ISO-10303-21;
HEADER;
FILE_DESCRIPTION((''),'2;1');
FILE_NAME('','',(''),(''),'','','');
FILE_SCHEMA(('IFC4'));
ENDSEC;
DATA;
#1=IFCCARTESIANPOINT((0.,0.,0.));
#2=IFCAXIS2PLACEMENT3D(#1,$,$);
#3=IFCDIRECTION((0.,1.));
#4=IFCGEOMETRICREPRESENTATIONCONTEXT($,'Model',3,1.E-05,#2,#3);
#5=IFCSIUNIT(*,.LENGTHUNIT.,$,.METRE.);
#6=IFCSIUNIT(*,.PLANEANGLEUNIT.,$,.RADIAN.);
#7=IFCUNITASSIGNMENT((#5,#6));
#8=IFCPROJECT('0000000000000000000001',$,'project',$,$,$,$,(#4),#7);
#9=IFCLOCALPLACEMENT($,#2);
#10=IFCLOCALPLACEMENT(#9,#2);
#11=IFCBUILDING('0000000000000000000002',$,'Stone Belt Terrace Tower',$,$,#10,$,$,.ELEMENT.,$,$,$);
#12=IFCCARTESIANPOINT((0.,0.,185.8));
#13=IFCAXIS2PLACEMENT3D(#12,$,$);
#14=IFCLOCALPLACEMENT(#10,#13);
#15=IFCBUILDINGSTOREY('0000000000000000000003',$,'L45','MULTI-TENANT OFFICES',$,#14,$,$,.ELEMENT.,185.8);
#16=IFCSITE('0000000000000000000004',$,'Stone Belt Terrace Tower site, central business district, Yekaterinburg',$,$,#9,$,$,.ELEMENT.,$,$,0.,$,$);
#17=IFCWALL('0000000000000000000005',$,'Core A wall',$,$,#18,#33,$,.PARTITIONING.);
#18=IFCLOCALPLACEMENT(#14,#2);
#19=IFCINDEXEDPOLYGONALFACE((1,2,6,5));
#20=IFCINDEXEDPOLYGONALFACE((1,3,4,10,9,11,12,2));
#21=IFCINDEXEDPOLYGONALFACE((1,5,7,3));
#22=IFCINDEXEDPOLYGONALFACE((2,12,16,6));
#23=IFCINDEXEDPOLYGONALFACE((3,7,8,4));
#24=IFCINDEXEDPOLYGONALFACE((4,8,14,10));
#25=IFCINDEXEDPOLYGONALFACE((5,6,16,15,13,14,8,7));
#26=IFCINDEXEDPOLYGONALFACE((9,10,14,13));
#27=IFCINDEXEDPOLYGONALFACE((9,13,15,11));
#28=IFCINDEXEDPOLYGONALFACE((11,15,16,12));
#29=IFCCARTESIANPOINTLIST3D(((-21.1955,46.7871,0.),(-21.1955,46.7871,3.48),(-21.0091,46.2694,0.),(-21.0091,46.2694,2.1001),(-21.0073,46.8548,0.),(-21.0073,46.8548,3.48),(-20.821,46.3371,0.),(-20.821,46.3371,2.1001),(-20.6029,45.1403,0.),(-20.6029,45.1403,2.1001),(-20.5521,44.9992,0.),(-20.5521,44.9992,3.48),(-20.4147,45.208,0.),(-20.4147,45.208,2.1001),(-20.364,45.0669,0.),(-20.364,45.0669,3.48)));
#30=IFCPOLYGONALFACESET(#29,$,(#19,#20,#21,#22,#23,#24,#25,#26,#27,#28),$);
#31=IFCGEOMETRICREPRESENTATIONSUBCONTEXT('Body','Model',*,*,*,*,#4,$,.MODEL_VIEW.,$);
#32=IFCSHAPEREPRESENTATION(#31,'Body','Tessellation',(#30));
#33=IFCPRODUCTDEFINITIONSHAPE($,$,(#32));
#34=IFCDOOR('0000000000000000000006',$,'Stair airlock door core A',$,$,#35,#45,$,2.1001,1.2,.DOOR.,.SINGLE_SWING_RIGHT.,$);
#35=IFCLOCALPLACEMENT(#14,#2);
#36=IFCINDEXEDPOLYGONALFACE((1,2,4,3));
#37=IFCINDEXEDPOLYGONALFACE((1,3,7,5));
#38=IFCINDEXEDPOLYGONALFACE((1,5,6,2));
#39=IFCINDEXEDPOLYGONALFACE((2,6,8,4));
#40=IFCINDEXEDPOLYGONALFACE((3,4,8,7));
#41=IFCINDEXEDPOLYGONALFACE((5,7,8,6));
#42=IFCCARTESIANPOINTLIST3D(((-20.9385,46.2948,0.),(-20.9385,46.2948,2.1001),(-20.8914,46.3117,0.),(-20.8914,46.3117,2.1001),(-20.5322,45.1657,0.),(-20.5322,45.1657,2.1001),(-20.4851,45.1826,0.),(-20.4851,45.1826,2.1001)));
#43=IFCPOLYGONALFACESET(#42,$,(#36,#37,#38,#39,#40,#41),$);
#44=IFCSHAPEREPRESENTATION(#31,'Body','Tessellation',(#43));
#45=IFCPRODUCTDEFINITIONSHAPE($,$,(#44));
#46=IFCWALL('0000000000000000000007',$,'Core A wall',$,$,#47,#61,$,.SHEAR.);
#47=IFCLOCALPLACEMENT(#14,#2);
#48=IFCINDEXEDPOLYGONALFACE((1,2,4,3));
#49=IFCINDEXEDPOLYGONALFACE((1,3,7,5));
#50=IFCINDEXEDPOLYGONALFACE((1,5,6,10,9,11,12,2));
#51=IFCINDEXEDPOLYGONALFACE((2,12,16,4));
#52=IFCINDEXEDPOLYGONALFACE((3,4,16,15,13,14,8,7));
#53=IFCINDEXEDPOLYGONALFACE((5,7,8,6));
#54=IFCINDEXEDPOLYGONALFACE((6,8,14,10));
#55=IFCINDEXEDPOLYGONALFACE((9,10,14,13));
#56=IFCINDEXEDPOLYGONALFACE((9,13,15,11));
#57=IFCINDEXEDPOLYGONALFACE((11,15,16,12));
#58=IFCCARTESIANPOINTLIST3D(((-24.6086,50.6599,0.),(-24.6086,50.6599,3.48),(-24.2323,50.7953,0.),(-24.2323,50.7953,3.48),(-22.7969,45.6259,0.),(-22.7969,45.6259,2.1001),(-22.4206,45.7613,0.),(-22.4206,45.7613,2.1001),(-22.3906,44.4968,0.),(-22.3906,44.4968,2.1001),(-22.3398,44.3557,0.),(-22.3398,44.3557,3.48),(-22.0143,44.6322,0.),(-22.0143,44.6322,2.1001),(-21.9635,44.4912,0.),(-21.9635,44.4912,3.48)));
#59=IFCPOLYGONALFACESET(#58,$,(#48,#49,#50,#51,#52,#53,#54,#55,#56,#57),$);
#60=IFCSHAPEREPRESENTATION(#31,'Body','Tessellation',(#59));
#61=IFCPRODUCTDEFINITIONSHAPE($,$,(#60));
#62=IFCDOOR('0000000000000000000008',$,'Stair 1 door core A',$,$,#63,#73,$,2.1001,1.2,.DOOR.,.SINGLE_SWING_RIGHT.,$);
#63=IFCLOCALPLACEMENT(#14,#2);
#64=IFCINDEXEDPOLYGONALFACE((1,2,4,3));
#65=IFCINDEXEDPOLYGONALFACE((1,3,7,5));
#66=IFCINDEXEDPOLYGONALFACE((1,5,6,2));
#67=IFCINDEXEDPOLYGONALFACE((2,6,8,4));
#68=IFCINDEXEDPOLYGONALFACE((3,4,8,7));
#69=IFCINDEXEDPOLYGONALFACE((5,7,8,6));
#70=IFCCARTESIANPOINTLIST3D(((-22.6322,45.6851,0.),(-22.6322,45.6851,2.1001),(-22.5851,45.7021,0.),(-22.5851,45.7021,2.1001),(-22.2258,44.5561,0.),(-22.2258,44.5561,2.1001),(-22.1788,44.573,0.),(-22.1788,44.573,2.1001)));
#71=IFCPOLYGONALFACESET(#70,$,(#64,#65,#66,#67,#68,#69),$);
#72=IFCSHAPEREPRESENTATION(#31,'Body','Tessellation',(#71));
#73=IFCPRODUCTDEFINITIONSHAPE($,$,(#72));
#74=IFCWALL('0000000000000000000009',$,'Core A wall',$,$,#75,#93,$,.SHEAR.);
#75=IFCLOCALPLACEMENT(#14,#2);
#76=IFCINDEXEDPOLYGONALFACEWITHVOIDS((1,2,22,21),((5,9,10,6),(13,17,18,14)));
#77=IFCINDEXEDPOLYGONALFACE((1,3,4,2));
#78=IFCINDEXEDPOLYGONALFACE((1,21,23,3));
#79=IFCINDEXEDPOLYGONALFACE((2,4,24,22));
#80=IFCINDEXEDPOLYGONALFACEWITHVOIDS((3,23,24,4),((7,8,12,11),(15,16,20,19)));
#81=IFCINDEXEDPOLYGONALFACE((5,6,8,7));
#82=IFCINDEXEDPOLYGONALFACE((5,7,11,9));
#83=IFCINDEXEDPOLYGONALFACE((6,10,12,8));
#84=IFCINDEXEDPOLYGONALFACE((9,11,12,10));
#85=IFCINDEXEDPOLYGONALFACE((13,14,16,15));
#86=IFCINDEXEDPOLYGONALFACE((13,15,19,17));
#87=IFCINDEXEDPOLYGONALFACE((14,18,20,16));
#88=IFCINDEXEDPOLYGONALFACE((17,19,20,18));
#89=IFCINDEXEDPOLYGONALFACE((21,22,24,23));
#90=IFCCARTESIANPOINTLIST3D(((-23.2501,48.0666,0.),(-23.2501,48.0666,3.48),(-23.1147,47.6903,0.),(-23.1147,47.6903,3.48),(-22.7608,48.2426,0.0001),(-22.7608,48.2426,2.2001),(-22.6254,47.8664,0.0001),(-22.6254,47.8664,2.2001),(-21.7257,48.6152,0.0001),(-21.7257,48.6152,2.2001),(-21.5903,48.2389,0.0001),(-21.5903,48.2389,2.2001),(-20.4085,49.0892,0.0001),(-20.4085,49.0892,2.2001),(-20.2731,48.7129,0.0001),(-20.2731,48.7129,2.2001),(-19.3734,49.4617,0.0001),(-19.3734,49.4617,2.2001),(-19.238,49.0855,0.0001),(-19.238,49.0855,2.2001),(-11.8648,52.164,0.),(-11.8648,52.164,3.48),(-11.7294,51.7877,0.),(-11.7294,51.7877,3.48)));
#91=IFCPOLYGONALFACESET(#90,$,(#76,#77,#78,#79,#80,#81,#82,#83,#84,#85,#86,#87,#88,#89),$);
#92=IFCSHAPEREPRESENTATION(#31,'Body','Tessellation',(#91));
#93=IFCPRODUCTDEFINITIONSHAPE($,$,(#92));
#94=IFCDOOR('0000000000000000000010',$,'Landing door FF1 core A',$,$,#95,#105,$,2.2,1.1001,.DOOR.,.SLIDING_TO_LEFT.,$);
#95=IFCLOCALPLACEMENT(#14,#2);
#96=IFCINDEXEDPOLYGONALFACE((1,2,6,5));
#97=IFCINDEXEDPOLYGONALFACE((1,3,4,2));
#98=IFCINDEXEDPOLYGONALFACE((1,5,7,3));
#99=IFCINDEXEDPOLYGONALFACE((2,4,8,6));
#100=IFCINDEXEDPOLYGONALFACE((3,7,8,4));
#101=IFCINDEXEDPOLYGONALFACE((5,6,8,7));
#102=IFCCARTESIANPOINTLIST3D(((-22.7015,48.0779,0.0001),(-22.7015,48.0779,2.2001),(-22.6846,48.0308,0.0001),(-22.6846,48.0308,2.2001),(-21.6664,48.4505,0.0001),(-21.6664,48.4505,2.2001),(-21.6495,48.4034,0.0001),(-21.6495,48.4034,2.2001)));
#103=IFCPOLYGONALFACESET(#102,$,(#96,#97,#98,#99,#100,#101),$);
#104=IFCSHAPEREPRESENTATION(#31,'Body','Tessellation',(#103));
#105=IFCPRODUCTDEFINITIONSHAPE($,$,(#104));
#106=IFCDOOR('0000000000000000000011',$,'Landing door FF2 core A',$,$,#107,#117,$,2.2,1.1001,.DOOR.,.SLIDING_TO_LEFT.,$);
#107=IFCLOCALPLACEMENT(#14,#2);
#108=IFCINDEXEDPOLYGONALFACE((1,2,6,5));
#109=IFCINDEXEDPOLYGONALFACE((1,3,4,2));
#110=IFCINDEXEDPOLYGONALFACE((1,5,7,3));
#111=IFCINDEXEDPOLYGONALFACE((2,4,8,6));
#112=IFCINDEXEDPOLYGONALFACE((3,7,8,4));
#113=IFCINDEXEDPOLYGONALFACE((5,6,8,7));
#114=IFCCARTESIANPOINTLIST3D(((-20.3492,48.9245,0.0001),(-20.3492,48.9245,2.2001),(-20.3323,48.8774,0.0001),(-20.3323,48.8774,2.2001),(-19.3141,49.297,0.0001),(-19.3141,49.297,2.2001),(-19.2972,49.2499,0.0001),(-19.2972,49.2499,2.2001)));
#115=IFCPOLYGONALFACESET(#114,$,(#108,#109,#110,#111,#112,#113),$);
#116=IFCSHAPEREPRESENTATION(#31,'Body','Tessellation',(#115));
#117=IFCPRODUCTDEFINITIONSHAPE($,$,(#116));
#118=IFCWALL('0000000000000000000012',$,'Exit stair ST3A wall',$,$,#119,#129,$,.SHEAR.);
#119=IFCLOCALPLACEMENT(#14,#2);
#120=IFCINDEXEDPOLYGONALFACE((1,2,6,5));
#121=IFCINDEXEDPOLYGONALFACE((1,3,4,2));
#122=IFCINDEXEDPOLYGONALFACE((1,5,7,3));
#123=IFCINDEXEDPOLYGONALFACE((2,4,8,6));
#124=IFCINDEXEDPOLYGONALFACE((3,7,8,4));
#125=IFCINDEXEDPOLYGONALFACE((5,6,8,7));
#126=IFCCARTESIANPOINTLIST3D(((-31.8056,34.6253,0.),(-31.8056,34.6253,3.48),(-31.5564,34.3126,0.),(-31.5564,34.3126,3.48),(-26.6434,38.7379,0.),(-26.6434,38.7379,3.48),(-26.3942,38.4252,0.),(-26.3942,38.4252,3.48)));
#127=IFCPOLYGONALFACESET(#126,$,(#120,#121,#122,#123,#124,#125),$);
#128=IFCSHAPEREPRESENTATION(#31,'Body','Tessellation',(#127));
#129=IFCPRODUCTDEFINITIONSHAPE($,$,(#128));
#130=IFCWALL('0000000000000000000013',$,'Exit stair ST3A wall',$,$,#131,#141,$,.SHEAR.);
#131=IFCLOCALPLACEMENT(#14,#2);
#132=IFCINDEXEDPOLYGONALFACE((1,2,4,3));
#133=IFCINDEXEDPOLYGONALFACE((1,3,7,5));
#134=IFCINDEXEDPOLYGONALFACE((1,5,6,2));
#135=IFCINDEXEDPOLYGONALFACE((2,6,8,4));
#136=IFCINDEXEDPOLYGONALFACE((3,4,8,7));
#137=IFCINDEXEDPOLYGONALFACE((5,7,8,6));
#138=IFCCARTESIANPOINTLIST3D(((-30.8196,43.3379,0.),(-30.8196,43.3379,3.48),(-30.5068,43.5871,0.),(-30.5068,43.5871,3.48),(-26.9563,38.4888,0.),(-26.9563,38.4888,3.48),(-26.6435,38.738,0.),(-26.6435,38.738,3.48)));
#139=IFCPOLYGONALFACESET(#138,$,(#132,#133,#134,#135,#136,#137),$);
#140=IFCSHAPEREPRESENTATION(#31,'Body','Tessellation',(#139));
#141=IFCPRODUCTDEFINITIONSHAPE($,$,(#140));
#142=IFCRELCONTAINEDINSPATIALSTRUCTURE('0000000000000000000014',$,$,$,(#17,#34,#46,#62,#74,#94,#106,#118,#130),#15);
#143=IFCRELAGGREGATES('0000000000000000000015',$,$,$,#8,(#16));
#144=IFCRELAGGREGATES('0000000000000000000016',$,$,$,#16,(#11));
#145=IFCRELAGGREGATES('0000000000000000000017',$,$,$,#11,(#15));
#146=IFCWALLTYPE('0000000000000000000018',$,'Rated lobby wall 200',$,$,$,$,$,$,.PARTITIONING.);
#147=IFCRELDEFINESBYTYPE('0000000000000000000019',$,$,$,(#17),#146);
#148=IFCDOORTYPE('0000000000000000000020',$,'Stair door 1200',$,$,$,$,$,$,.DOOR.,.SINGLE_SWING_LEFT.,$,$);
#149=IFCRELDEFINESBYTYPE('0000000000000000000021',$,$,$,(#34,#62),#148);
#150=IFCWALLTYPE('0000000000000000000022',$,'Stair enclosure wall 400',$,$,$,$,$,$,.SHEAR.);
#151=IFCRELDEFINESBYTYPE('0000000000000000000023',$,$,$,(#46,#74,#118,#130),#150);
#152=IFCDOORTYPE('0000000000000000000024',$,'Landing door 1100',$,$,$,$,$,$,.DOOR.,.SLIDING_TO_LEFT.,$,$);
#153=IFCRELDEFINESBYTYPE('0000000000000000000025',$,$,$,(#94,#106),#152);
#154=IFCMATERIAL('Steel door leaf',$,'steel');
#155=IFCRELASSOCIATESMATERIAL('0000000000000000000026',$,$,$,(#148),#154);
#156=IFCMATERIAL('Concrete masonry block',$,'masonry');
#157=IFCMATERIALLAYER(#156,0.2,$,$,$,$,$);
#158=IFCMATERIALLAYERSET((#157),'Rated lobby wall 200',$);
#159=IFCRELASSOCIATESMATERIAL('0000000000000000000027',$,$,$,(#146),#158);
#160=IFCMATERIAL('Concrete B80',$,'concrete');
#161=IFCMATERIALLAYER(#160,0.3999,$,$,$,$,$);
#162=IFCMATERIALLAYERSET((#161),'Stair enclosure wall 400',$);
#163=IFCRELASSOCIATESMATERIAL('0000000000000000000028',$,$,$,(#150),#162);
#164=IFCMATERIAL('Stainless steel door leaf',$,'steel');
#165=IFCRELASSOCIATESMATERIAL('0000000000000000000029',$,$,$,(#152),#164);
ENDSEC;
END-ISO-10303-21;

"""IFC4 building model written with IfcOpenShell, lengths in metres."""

from ifc_helpers import new_model, si_unit, direction, frame, frame_2d, origin, place, context, subcontext, project, spatial, rectangle, extrude, material, layer, layer_set, type_object, element, fill, save


model = new_model("IFC4")

# Units and contexts
model_context = context("Model", 3, precision=1e-05, world=origin(), true_north=direction((0.0, 1.0)))
body_context = subcontext(model_context, "Body", "Model", "MODEL_VIEW")
ifc_project = project(units=[si_unit("LENGTHUNIT", "METRE"), si_unit("PLANEANGLEUNIT", "RADIAN")], contexts=[model_context])

# Site, building, storey
site_placement = place(None, origin())
site = spatial("IfcSite", under=ifc_project, at=site_placement, Name="Stone Belt Terrace Tower site, central business district, Yekaterinburg", CompositionType="ELEMENT", RefElevation=0.0)
building_placement = place(site_placement, origin())
building = spatial("IfcBuilding", under=site, at=building_placement, Name="Stone Belt Terrace Tower", CompositionType="ELEMENT")
storey_placement = place(building_placement, frame((0.0, 0.0, 185.8)))
storey = spatial("IfcBuildingStorey", under=building, at=storey_placement, Name="L45", Description="MULTI-TENANT OFFICES", CompositionType="ELEMENT", Elevation=185.8)

# Shared definitions
ifc_material_1 = material(Name="Concrete B80", Category="concrete")

# Shared definitions
ifc_material_2 = material(Name="Steel door leaf", Category="steel")
door_type_1 = type_object("IfcDoorType", Name="Stair door 1200", OperationType="SINGLE_SWING_LEFT", PredefinedType="DOOR", material=ifc_material_2)

# Shared definitions
ifc_material_3 = material(Name="Concrete masonry block", Category="masonry")
ifc_layer_1 = layer(ifc_material_3, 0.2)
ifc_layer_set_1 = layer_set([ifc_layer_1], Name="Rated lobby wall 200")
wall_type_1 = type_object("IfcWallType", Name="Rated lobby wall 200", PredefinedType="PARTITIONING", material=ifc_layer_set_1)

# Walls, openings, doors
wall_1_placement = place(storey_placement, frame((-20.458, 45.033, 0.0), z_axis=(0.0, 0.0, 1.0), x_axis=(-0.338574, 0.94094, 0.0)))
wall_1 = element("IfcWall", 1, at=wall_1_placement, inside=storey, type_object=wall_type_1, Name="Core A wall", PredefinedType="PARTITIONING", context=body_context, shape_type="SweptSolid", body=[
    extrude(rectangle(XDim=1.9001, YDim=0.2, at=frame_2d((0.9502, 0.0))), origin(), (0.0, 0.0, 1.0), 3.48),
])
opening_1_placement = place(wall_1_placement, frame((0.1499, 0.0, 0.0)))
opening_1 = element("IfcOpeningElement", 2, at=opening_1_placement, cuts=wall_1, PredefinedType="OPENING", context=body_context, shape_type="SweptSolid", body=[
    extrude(rectangle(XDim=1.2, YDim=2.1001, at=frame_2d((0.6001, 1.05))), frame((0.0, 0.1099, 0.0), z_axis=(0.0, -1.0, 0.0), x_axis=(1.0, 0.0, 0.0)), (0.0, 0.0, 1.0), 0.22),
])
door_1_placement = place(opening_1_placement, origin())
door_1 = element("IfcDoor", 3, at=door_1_placement, inside=storey, type_object=door_type_1, Name="Stair airlock door core A", OperationType="SINGLE_SWING_RIGHT", OverallHeight=2.1001, OverallWidth=1.2, PredefinedType="DOOR", context=body_context, shape_type="SweptSolid", body=[
    extrude(rectangle(XDim=1.2, YDim=2.1001, at=frame_2d((0.6001, 1.05))), frame((0.0, 0.0249, 0.0), z_axis=(0.0, -1.0, 0.0), x_axis=(1.0, 0.0, 0.0)), (0.0, 0.0, 1.0), 0.05),
])
fill(opening_1, door_1)
ifc_layer_2 = layer(ifc_material_1, 0.3999)
ifc_layer_set_2 = layer_set([ifc_layer_2], Name="Stair enclosure wall 400")
wall_type_2 = type_object("IfcWallType", Name="Stair enclosure wall 400", PredefinedType="SHEAR", material=ifc_layer_set_2)
wall_2_placement = place(storey_placement, frame((-22.1516, 44.4233, 0.0), z_axis=(0.0, 0.0, 1.0), x_axis=(-0.338625, 0.940921, 0.0)))
wall_2 = element("IfcWall", 4, at=wall_2_placement, inside=storey, type_object=wall_type_2, Name="Core A wall", PredefinedType="SHEAR", context=body_context, shape_type="SweptSolid", body=[
    extrude(rectangle(XDim=6.7, YDim=0.3999, at=frame_2d((3.3501, 0.0))), origin(), (0.0, 0.0, 1.0), 3.48),
])
opening_2_placement = place(wall_2_placement, frame((0.1499, 0.0, 0.0)))
opening_2 = element("IfcOpeningElement", 5, at=opening_2_placement, cuts=wall_2, PredefinedType="OPENING", context=body_context, shape_type="SweptSolid", body=[
    extrude(rectangle(XDim=1.2, YDim=2.1001, at=frame_2d((0.6001, 1.05))), frame((0.0, 0.21, 0.0), z_axis=(0.0, -1.0, 0.0), x_axis=(1.0, 0.0, 0.0)), (0.0, 0.0, 1.0), 0.4199),
])
door_2_placement = place(opening_2_placement, origin())
door_2 = element("IfcDoor", 6, at=door_2_placement, inside=storey, type_object=door_type_1, Name="Stair 1 door core A", OperationType="SINGLE_SWING_RIGHT", OverallHeight=2.1001, OverallWidth=1.2, PredefinedType="DOOR", context=body_context, shape_type="SweptSolid", body=[
    extrude(rectangle(XDim=1.2, YDim=2.1001, at=frame_2d((0.6001, 1.05))), frame((0.0, 0.0249, 0.0), z_axis=(0.0, -1.0, 0.0), x_axis=(1.0, 0.0, 0.0)), (0.0, 0.0, 1.0), 0.05),
])
fill(opening_2, door_2)

# Wall, openings, doors
wall_3_placement = place(storey_placement, frame((-23.1824, 47.8784, 0.0), z_axis=(0.0, 0.0, 1.0), x_axis=(0.940921, 0.338626, 0.0)))
wall_3 = element("IfcWall", 7, at=wall_3_placement, inside=storey, type_object=wall_type_2, Name="Core A wall", PredefinedType="SHEAR", context=body_context, shape_type="SweptSolid", body=[
    extrude(rectangle(XDim=12.1001, YDim=0.3999, at=frame_2d((6.05, 0.0))), origin(), (0.0, 0.0, 1.0), 3.48),
])
opening_3_placement = place(wall_3_placement, frame((0.52, 0.0, 0.0)))
opening_3 = element("IfcOpeningElement", 8, at=opening_3_placement, cuts=wall_3, PredefinedType="OPENING", context=body_context, shape_type="SweptSolid", body=[
    extrude(rectangle(XDim=1.1001, YDim=2.2, at=frame_2d((0.55, 1.1001))), frame((0.0, 0.21, 0.0), z_axis=(0.0, -1.0, 0.0), x_axis=(1.0, 0.0, 0.0)), (0.0, 0.0, 1.0), 0.4199),
])
opening_4_placement = place(wall_3_placement, frame((3.02, 0.0, 0.0)))
opening_4 = element("IfcOpeningElement", 9, at=opening_4_placement, cuts=wall_3, PredefinedType="OPENING", context=body_context, shape_type="SweptSolid", body=[
    extrude(rectangle(XDim=1.1001, YDim=2.2, at=frame_2d((0.55, 1.1001))), frame((0.0, 0.21, 0.0), z_axis=(0.0, -1.0, 0.0), x_axis=(1.0, 0.0, 0.0)), (0.0, 0.0, 1.0), 0.4199),
])
ifc_material_4 = material(Name="Stainless steel door leaf", Category="steel")
door_type_2 = type_object("IfcDoorType", Name="Landing door 1100", OperationType="SLIDING_TO_LEFT", PredefinedType="DOOR", material=ifc_material_4)
door_3_placement = place(opening_3_placement, origin())
door_3 = element("IfcDoor", 10, at=door_3_placement, inside=storey, type_object=door_type_2, Name="Landing door FF1 core A", OperationType="SLIDING_TO_LEFT", OverallHeight=2.2, OverallWidth=1.1001, PredefinedType="DOOR", context=body_context, shape_type="SweptSolid", body=[
    extrude(rectangle(XDim=1.1001, YDim=2.2, at=frame_2d((0.55, 1.1001))), frame((0.0, 0.0249, 0.0), z_axis=(0.0, -1.0, 0.0), x_axis=(1.0, 0.0, 0.0)), (0.0, 0.0, 1.0), 0.05),
])
fill(opening_3, door_3)
door_4_placement = place(opening_4_placement, origin())
door_4 = element("IfcDoor", 11, at=door_4_placement, inside=storey, type_object=door_type_2, Name="Landing door FF2 core A", OperationType="SLIDING_TO_LEFT", OverallHeight=2.2, OverallWidth=1.1001, PredefinedType="DOOR", context=body_context, shape_type="SweptSolid", body=[
    extrude(rectangle(XDim=1.1001, YDim=2.2, at=frame_2d((0.55, 1.1001))), frame((0.0, 0.0249, 0.0), z_axis=(0.0, -1.0, 0.0), x_axis=(1.0, 0.0, 0.0)), (0.0, 0.0, 1.0), 0.05),
])
fill(opening_4, door_4)

# Walls
wall_4_placement = place(storey_placement, frame((-26.5188, 38.5815, 0.0), z_axis=(0.0, 0.0, 1.0), x_axis=(-0.782134, -0.62311, 0.0)))
element("IfcWall", 12, at=wall_4_placement, inside=storey, type_object=wall_type_2, Name="Exit stair ST3A wall", PredefinedType="SHEAR", context=body_context, shape_type="SweptSolid", body=[
    extrude(rectangle(XDim=6.6001, YDim=0.3999, at=frame_2d((3.3, 0.0))), origin(), (0.0, 0.0, 1.0), 3.48),
])
wall_5_placement = place(storey_placement, frame((-26.7998, 38.6133, 0.0), z_axis=(0.0, 0.0, 1.0), x_axis=(-0.623119, 0.782127, 0.0)))
element("IfcWall", 13, at=wall_5_placement, inside=storey, type_object=wall_type_2, Name="Exit stair ST3A wall", PredefinedType="SHEAR", context=body_context, shape_type="SweptSolid", body=[
    extrude(rectangle(XDim=6.2, YDim=0.3999, at=frame_2d((3.1001, 0.0))), origin(), (0.0, 0.0, 1.0), 3.48),
])

save(model, "model.ifc")
